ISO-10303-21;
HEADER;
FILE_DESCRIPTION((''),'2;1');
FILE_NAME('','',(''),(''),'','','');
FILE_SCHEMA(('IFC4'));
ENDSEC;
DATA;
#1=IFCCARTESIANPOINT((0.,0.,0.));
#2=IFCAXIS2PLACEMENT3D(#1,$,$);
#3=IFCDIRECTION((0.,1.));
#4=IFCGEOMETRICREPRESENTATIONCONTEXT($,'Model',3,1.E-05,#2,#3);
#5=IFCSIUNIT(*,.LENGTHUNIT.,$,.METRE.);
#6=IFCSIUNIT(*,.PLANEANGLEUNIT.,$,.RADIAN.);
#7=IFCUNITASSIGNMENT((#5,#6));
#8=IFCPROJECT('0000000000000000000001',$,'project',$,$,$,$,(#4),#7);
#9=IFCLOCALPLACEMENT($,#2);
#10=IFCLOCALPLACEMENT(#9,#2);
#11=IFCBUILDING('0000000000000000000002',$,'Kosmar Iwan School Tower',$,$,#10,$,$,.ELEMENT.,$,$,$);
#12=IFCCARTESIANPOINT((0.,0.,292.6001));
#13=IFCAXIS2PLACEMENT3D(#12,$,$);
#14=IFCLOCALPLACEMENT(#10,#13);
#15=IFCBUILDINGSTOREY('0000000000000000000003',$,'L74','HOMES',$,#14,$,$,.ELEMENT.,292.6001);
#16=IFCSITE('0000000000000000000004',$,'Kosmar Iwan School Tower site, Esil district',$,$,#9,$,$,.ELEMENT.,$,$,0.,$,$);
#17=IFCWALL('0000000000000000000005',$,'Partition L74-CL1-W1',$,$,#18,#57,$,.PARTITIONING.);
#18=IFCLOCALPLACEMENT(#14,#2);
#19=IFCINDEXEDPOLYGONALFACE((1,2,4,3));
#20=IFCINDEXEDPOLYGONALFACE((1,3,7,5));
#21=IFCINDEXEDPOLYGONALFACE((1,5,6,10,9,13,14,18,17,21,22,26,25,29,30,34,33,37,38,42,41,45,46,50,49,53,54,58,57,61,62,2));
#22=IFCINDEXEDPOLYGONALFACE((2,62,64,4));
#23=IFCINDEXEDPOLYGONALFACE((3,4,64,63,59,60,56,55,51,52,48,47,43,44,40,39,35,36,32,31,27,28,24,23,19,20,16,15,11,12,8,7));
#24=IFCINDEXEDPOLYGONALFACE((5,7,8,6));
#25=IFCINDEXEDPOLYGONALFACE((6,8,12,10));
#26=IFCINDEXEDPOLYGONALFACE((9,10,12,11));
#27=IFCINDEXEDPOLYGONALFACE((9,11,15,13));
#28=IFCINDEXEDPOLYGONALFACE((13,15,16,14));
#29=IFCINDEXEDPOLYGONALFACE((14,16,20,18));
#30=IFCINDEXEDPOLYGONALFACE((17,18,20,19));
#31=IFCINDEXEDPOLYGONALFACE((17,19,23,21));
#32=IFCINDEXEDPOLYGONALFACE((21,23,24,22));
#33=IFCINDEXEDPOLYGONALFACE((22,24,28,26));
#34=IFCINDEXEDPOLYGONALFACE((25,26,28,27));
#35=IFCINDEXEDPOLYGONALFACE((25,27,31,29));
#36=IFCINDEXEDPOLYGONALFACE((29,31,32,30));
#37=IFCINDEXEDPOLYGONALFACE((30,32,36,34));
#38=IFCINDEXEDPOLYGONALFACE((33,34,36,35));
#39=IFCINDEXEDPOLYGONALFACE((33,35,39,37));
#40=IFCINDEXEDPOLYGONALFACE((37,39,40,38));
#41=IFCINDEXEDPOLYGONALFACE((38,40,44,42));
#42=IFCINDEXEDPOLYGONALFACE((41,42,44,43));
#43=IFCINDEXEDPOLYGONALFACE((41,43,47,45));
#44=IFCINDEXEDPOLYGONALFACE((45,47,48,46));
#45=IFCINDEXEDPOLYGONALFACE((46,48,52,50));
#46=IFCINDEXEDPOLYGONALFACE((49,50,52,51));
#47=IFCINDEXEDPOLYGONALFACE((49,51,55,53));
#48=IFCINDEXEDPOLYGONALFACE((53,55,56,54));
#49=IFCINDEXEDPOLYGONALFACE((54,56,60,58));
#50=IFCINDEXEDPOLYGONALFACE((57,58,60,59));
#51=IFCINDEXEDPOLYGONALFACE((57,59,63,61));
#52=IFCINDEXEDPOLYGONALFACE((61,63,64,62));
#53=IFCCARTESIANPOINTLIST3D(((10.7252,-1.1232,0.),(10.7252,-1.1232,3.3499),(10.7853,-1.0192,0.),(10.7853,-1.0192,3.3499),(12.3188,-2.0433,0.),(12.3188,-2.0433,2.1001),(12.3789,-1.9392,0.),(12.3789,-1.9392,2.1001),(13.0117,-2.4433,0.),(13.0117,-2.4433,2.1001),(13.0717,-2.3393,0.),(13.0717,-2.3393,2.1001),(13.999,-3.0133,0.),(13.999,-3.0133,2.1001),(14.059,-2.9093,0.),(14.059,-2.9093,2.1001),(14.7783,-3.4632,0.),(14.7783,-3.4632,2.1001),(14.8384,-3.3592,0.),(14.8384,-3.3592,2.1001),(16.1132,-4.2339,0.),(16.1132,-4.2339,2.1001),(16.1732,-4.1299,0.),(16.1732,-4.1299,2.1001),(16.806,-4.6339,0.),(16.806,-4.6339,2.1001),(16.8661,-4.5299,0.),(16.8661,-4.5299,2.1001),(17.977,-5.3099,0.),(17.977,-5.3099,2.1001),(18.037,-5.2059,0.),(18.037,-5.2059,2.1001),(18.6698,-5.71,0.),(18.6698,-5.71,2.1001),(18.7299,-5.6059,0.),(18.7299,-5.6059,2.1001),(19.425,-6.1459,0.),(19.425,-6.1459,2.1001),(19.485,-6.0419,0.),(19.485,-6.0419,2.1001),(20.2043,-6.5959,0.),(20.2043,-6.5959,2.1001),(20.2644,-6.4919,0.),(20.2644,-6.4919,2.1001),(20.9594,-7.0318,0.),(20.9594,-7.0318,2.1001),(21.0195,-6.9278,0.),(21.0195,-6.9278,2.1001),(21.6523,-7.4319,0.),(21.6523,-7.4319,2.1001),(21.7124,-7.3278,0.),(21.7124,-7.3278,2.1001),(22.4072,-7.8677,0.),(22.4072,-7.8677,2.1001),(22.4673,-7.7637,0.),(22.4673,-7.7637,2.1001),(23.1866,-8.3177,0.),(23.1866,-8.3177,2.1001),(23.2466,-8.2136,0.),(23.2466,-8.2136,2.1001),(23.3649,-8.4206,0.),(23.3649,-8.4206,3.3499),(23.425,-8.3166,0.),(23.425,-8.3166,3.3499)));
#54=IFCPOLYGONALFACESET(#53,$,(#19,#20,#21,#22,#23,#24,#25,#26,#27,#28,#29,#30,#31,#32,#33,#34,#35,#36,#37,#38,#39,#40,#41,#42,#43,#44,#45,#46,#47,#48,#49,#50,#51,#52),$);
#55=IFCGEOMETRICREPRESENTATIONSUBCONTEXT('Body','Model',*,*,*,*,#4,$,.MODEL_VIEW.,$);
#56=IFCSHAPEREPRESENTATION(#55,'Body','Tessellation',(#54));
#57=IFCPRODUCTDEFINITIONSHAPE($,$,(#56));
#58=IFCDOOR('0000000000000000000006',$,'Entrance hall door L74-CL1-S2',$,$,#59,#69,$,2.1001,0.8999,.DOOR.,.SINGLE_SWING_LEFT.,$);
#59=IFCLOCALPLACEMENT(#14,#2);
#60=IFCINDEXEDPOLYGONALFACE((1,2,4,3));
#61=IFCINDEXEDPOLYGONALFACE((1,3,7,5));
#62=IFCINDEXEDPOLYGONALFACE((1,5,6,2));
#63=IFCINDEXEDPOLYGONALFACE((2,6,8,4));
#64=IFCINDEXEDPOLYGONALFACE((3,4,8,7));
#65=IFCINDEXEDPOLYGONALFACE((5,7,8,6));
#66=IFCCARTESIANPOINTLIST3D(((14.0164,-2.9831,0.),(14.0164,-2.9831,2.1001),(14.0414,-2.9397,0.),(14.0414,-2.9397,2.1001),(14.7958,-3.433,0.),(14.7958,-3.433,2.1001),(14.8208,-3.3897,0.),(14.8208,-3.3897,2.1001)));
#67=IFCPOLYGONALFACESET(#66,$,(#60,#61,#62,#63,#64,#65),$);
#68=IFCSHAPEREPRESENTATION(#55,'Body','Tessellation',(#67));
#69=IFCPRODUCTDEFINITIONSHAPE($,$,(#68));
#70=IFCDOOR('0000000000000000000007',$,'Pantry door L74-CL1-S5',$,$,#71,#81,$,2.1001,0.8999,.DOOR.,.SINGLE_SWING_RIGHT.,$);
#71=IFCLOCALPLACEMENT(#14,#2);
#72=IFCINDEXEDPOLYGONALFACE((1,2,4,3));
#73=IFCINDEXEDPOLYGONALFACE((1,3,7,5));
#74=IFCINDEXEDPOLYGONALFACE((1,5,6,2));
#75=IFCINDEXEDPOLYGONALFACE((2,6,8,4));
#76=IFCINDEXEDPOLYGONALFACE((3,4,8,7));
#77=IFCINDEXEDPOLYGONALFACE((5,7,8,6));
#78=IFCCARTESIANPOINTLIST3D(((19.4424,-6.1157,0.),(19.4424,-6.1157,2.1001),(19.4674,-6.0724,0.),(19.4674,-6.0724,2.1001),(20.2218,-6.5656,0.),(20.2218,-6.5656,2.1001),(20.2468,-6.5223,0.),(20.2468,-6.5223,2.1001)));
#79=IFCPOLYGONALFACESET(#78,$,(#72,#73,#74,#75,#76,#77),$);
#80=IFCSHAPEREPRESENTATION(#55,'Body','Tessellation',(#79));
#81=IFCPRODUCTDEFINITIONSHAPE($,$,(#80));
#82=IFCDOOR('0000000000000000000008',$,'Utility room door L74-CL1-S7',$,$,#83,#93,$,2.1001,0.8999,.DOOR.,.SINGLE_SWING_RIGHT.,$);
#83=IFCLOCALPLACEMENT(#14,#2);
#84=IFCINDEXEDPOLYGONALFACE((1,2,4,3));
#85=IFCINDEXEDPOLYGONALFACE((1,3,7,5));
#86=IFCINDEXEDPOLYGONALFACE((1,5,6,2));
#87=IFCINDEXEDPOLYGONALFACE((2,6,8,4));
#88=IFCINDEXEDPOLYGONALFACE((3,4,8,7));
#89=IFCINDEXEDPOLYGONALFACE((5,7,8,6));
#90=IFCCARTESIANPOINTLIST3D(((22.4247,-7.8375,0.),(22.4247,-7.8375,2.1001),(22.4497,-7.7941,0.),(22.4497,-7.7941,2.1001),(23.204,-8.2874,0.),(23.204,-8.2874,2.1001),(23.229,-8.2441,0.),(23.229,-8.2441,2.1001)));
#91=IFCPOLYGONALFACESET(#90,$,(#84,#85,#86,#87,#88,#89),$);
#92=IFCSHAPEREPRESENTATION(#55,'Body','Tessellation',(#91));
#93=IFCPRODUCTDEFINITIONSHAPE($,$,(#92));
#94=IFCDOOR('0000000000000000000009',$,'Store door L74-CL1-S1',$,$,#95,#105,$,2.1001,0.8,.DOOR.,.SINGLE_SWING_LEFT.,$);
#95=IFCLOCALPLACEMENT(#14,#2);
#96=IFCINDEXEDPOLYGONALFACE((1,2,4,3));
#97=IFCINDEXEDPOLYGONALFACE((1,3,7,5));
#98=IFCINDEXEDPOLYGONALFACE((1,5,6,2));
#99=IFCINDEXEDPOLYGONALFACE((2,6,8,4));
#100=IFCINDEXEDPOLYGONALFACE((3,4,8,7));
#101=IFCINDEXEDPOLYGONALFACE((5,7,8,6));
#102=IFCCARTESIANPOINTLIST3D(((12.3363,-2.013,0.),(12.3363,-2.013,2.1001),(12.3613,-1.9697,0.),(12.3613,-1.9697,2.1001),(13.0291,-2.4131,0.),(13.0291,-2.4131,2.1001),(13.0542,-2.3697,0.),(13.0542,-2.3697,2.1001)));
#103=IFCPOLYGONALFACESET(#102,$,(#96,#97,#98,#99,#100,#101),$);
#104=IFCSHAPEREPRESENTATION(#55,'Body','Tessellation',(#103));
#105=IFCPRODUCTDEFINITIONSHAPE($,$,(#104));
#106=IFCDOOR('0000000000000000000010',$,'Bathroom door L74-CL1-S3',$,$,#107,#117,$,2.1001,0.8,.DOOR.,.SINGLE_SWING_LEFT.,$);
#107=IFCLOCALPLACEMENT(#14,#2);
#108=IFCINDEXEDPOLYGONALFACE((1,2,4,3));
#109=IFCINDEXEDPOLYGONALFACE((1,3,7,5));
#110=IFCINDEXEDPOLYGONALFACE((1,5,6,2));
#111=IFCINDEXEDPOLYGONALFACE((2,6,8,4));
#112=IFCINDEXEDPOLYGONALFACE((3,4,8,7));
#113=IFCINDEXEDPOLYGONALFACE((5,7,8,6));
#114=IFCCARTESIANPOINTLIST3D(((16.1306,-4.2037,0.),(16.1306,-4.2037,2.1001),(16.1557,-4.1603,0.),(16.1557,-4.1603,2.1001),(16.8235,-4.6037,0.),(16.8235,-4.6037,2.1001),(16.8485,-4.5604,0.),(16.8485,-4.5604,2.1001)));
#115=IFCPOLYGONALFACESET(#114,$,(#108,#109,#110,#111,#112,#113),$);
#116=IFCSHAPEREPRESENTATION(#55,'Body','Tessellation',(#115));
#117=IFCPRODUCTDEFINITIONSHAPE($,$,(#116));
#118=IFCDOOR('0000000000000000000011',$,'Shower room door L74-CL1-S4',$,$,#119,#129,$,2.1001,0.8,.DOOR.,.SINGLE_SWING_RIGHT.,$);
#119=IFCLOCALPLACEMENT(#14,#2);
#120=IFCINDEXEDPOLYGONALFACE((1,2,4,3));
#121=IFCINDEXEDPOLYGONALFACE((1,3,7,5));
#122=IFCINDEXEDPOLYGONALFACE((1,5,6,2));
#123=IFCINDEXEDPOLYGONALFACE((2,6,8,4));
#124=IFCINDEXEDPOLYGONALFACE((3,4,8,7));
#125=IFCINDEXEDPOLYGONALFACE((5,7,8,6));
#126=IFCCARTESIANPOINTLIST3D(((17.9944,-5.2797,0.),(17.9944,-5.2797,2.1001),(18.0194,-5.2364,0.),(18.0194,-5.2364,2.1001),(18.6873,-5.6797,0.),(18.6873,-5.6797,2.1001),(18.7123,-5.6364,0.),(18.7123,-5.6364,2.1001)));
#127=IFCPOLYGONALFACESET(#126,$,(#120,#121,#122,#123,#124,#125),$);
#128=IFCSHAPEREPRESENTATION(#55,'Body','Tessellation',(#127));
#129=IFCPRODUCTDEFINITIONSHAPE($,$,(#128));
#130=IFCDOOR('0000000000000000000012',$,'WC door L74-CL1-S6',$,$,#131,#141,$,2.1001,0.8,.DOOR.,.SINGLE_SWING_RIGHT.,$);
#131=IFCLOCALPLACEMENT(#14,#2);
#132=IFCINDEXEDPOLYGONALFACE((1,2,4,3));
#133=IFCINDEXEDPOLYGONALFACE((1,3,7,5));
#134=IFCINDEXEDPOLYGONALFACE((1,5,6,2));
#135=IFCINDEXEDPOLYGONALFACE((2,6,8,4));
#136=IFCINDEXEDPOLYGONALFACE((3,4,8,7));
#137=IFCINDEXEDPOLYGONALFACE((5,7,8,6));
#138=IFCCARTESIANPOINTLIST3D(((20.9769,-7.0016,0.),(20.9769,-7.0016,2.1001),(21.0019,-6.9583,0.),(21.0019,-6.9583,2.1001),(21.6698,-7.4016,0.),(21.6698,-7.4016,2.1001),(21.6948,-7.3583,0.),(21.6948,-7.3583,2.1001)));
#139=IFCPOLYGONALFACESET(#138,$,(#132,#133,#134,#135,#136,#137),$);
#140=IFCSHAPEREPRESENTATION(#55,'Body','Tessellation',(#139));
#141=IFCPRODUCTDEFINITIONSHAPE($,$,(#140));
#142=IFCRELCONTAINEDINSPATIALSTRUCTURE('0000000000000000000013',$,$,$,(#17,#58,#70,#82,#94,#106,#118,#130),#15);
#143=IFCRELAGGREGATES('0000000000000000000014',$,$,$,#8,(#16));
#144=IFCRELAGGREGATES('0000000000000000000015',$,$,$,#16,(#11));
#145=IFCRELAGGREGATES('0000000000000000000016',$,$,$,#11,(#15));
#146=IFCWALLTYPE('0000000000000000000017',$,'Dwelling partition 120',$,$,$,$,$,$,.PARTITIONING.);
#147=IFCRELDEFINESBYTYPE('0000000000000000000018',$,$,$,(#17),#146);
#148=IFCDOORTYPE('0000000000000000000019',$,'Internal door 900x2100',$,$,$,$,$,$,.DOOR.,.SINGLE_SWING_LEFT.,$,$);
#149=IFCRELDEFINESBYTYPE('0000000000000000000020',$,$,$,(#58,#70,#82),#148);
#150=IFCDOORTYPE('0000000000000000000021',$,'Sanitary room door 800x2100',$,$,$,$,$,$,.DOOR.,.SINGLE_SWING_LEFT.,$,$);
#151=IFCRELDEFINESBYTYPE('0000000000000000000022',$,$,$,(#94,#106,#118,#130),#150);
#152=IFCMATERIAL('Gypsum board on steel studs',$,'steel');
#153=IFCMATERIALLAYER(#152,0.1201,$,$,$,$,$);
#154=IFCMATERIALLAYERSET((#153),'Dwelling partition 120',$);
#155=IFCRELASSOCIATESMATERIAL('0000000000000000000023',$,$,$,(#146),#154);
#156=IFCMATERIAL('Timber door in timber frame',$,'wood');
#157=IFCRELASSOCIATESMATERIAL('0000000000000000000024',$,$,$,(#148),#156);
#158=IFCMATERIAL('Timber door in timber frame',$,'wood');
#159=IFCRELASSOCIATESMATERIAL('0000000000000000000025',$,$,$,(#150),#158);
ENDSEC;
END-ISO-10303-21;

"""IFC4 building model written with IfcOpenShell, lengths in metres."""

from ifc_helpers import new_model, si_unit, direction, frame, frame_2d, origin, place, context, subcontext, project, spatial, rectangle, extrude, material, layer, layer_set, type_object, element, fill, save


model = new_model("IFC4")

# Units and contexts
model_context = context("Model", 3, precision=1e-05, world=origin(), true_north=direction((0.0, 1.0)))
body_context = subcontext(model_context, "Body", "Model", "MODEL_VIEW")
ifc_project = project(units=[si_unit("LENGTHUNIT", "METRE"), si_unit("PLANEANGLEUNIT", "RADIAN")], contexts=[model_context])

# Site, building, storey
site_placement = place(None, origin())
site = spatial("IfcSite", under=ifc_project, at=site_placement, Name="Kosmar Iwan School Tower site, Esil district", CompositionType="ELEMENT", RefElevation=0.0)
building_placement = place(site_placement, origin())
building = spatial("IfcBuilding", under=site, at=building_placement, Name="Kosmar Iwan School Tower", CompositionType="ELEMENT")
storey_placement = place(building_placement, frame((0.0, 0.0, 292.6001)))
storey = spatial("IfcBuildingStorey", under=building, at=storey_placement, Name="L74", Description="HOMES", CompositionType="ELEMENT", Elevation=292.6001)

# Wall, openings, doors
ifc_material_1 = material(Name="Gypsum board on steel studs", Category="steel")
ifc_layer_1 = layer(ifc_material_1, 0.1201)
ifc_layer_set_1 = layer_set([ifc_layer_1], Name="Dwelling partition 120")
wall_type_1 = type_object("IfcWallType", Name="Dwelling partition 120", PredefinedType="PARTITIONING", material=ifc_layer_set_1)
wall_1_placement = place(storey_placement, frame((10.7554, -1.0713, 0.0), z_axis=(0.0, 0.0, 1.0), x_axis=(0.86603, -0.499993, 0.0)))
wall_1 = element("IfcWall", 1, at=wall_1_placement, inside=storey, type_object=wall_type_1, Name="Partition L74-CL1-W1", PredefinedType="PARTITIONING", context=body_context, shape_type="SweptSolid", body=[
    extrude(rectangle(XDim=14.595, YDim=0.1201, at=frame_2d((7.2974, 0.0))), origin(), (0.0, 0.0, 1.0), 3.3499),
])
opening_1_placement = place(wall_1_placement, frame((1.8401, 0.0, 0.0)))
opening_1 = element("IfcOpeningElement", 2, at=opening_1_placement, cuts=wall_1, PredefinedType="OPENING", context=body_context, shape_type="SweptSolid", body=[
    extrude(rectangle(XDim=0.8, YDim=2.1001, at=frame_2d((0.3999, 1.05))), frame((0.0, 0.072, 0.0), z_axis=(0.0, -1.0, 0.0), x_axis=(1.0, 0.0, 0.0)), (0.0, 0.0, 1.0), 0.144),
])
opening_2_placement = place(wall_1_placement, frame((3.78, 0.0, 0.0)))
opening_2 = element("IfcOpeningElement", 3, at=opening_2_placement, cuts=wall_1, PredefinedType="OPENING", context=body_context, shape_type="SweptSolid", body=[
    extrude(rectangle(XDim=0.8999, YDim=2.1001, at=frame_2d((0.45, 1.05))), frame((0.0, 0.072, 0.0), z_axis=(0.0, -1.0, 0.0), x_axis=(1.0, 0.0, 0.0)), (0.0, 0.0, 1.0), 0.144),
])
opening_3_placement = place(wall_1_placement, frame((6.2214, 0.0, 0.0)))
opening_3 = element("IfcOpeningElement", 4, at=opening_3_placement, cuts=wall_1, PredefinedType="OPENING", context=body_context, shape_type="SweptSolid", body=[
    extrude(rectangle(XDim=0.8, YDim=2.1001, at=frame_2d((0.3999, 1.05))), frame((0.0, 0.072, 0.0), z_axis=(0.0, -1.0, 0.0), x_axis=(1.0, 0.0, 0.0)), (0.0, 0.0, 1.0), 0.144),
])
opening_4_placement = place(wall_1_placement, frame((8.3735, 0.0, 0.0)))
opening_4 = element("IfcOpeningElement", 5, at=opening_4_placement, cuts=wall_1, PredefinedType="OPENING", context=body_context, shape_type="SweptSolid", body=[
    extrude(rectangle(XDim=0.8, YDim=2.1001, at=frame_2d((0.3999, 1.05))), frame((0.0, 0.072, 0.0), z_axis=(0.0, -1.0, 0.0), x_axis=(1.0, 0.0, 0.0)), (0.0, 0.0, 1.0), 0.144),
])
opening_5_placement = place(wall_1_placement, frame((10.0454, 0.0, 0.0)))
opening_5 = element("IfcOpeningElement", 6, at=opening_5_placement, cuts=wall_1, PredefinedType="OPENING", context=body_context, shape_type="SweptSolid", body=[
    extrude(rectangle(XDim=0.8999, YDim=2.1001, at=frame_2d((0.45, 1.05))), frame((0.0, 0.072, 0.0), z_axis=(0.0, -1.0, 0.0), x_axis=(1.0, 0.0, 0.0)), (0.0, 0.0, 1.0), 0.144),
])
opening_6_placement = place(wall_1_placement, frame((11.8174, 0.0, 0.0)))
opening_6 = element("IfcOpeningElement", 7, at=opening_6_placement, cuts=wall_1, PredefinedType="OPENING", context=body_context, shape_type="SweptSolid", body=[
    extrude(rectangle(XDim=0.8, YDim=2.1001, at=frame_2d((0.3999, 1.05))), frame((0.0, 0.072, 0.0), z_axis=(0.0, -1.0, 0.0), x_axis=(1.0, 0.0, 0.0)), (0.0, 0.0, 1.0), 0.144),
])
opening_7_placement = place(wall_1_placement, frame((13.489, 0.0, 0.0)))
opening_7 = element("IfcOpeningElement", 8, at=opening_7_placement, cuts=wall_1, PredefinedType="OPENING", context=body_context, shape_type="SweptSolid", body=[
    extrude(rectangle(XDim=0.8999, YDim=2.1001, at=frame_2d((0.45, 1.05))), frame((0.0, 0.072, 0.0), z_axis=(0.0, -1.0, 0.0), x_axis=(1.0, 0.0, 0.0)), (0.0, 0.0, 1.0), 0.144),
])
ifc_material_2 = material(Name="Timber door in timber frame", Category="wood")
door_type_1 = type_object("IfcDoorType", Name="Internal door 900x2100", OperationType="SINGLE_SWING_LEFT", PredefinedType="DOOR", material=ifc_material_2)
door_1_placement = place(opening_2_placement, origin())
door_1 = element("IfcDoor", 9, at=door_1_placement, inside=storey, type_object=door_type_1, Name="Entrance hall door L74-CL1-S2", OperationType="SINGLE_SWING_LEFT", OverallHeight=2.1001, OverallWidth=0.8999, PredefinedType="DOOR", context=body_context, shape_type="SweptSolid", body=[
    extrude(rectangle(XDim=0.8999, YDim=2.1001, at=frame_2d((0.45, 1.05))), frame((0.0, 0.0249, 0.0), z_axis=(0.0, -1.0, 0.0), x_axis=(1.0, 0.0, 0.0)), (0.0, 0.0, 1.0), 0.05),
])
fill(opening_2, door_1)
door_2_placement = place(opening_5_placement, origin())
door_2 = element("IfcDoor", 10, at=door_2_placement, inside=storey, type_object=door_type_1, Name="Pantry door L74-CL1-S5", OperationType="SINGLE_SWING_RIGHT", OverallHeight=2.1001, OverallWidth=0.8999, PredefinedType="DOOR", context=body_context, shape_type="SweptSolid", body=[
    extrude(rectangle(XDim=0.8999, YDim=2.1001, at=frame_2d((0.45, 1.05))), frame((0.0, 0.0249, 0.0), z_axis=(0.0, -1.0, 0.0), x_axis=(1.0, 0.0, 0.0)), (0.0, 0.0, 1.0), 0.05),
])
fill(opening_5, door_2)
door_3_placement = place(opening_7_placement, origin())
door_3 = element("IfcDoor", 11, at=door_3_placement, inside=storey, type_object=door_type_1, Name="Utility room door L74-CL1-S7", OperationType="SINGLE_SWING_RIGHT", OverallHeight=2.1001, OverallWidth=0.8999, PredefinedType="DOOR", context=body_context, shape_type="SweptSolid", body=[
    extrude(rectangle(XDim=0.8999, YDim=2.1001, at=frame_2d((0.45, 1.05))), frame((0.0, 0.0249, 0.0), z_axis=(0.0, -1.0, 0.0), x_axis=(1.0, 0.0, 0.0)), (0.0, 0.0, 1.0), 0.05),
])
fill(opening_7, door_3)
ifc_material_3 = material(Name="Timber door in timber frame", Category="wood")
door_type_2 = type_object("IfcDoorType", Name="Sanitary room door 800x2100", OperationType="SINGLE_SWING_LEFT", PredefinedType="DOOR", material=ifc_material_3)
door_4_placement = place(opening_1_placement, origin())
door_4 = element("IfcDoor", 12, at=door_4_placement, inside=storey, type_object=door_type_2, Name="Store door L74-CL1-S1", OperationType="SINGLE_SWING_LEFT", OverallHeight=2.1001, OverallWidth=0.8, PredefinedType="DOOR", context=body_context, shape_type="SweptSolid", body=[
    extrude(rectangle(XDim=0.8, YDim=2.1001, at=frame_2d((0.3999, 1.05))), frame((0.0, 0.0249, 0.0), z_axis=(0.0, -1.0, 0.0), x_axis=(1.0, 0.0, 0.0)), (0.0, 0.0, 1.0), 0.05),
])
fill(opening_1, door_4)
door_5_placement = place(opening_3_placement, origin())
door_5 = element("IfcDoor", 13, at=door_5_placement, inside=storey, type_object=door_type_2, Name="Bathroom door L74-CL1-S3", OperationType="SINGLE_SWING_LEFT", OverallHeight=2.1001, OverallWidth=0.8, PredefinedType="DOOR", context=body_context, shape_type="SweptSolid", body=[
    extrude(rectangle(XDim=0.8, YDim=2.1001, at=frame_2d((0.3999, 1.05))), frame((0.0, 0.0249, 0.0), z_axis=(0.0, -1.0, 0.0), x_axis=(1.0, 0.0, 0.0)), (0.0, 0.0, 1.0), 0.05),
])
fill(opening_3, door_5)
door_6_placement = place(opening_4_placement, origin())
door_6 = element("IfcDoor", 14, at=door_6_placement, inside=storey, type_object=door_type_2, Name="Shower room door L74-CL1-S4", OperationType="SINGLE_SWING_RIGHT", OverallHeight=2.1001, OverallWidth=0.8, PredefinedType="DOOR", context=body_context, shape_type="SweptSolid", body=[
    extrude(rectangle(XDim=0.8, YDim=2.1001, at=frame_2d((0.3999, 1.05))), frame((0.0, 0.0249, 0.0), z_axis=(0.0, -1.0, 0.0), x_axis=(1.0, 0.0, 0.0)), (0.0, 0.0, 1.0), 0.05),
])
fill(opening_4, door_6)
door_7_placement = place(opening_6_placement, origin())
door_7 = element("IfcDoor", 15, at=door_7_placement, inside=storey, type_object=door_type_2, Name="WC door L74-CL1-S6", OperationType="SINGLE_SWING_RIGHT", OverallHeight=2.1001, OverallWidth=0.8, PredefinedType="DOOR", context=body_context, shape_type="SweptSolid", body=[
    extrude(rectangle(XDim=0.8, YDim=2.1001, at=frame_2d((0.3999, 1.05))), frame((0.0, 0.0249, 0.0), z_axis=(0.0, -1.0, 0.0), x_axis=(1.0, 0.0, 0.0)), (0.0, 0.0, 1.0), 0.05),
])
fill(opening_6, door_7)

save(model, "model.ifc")
